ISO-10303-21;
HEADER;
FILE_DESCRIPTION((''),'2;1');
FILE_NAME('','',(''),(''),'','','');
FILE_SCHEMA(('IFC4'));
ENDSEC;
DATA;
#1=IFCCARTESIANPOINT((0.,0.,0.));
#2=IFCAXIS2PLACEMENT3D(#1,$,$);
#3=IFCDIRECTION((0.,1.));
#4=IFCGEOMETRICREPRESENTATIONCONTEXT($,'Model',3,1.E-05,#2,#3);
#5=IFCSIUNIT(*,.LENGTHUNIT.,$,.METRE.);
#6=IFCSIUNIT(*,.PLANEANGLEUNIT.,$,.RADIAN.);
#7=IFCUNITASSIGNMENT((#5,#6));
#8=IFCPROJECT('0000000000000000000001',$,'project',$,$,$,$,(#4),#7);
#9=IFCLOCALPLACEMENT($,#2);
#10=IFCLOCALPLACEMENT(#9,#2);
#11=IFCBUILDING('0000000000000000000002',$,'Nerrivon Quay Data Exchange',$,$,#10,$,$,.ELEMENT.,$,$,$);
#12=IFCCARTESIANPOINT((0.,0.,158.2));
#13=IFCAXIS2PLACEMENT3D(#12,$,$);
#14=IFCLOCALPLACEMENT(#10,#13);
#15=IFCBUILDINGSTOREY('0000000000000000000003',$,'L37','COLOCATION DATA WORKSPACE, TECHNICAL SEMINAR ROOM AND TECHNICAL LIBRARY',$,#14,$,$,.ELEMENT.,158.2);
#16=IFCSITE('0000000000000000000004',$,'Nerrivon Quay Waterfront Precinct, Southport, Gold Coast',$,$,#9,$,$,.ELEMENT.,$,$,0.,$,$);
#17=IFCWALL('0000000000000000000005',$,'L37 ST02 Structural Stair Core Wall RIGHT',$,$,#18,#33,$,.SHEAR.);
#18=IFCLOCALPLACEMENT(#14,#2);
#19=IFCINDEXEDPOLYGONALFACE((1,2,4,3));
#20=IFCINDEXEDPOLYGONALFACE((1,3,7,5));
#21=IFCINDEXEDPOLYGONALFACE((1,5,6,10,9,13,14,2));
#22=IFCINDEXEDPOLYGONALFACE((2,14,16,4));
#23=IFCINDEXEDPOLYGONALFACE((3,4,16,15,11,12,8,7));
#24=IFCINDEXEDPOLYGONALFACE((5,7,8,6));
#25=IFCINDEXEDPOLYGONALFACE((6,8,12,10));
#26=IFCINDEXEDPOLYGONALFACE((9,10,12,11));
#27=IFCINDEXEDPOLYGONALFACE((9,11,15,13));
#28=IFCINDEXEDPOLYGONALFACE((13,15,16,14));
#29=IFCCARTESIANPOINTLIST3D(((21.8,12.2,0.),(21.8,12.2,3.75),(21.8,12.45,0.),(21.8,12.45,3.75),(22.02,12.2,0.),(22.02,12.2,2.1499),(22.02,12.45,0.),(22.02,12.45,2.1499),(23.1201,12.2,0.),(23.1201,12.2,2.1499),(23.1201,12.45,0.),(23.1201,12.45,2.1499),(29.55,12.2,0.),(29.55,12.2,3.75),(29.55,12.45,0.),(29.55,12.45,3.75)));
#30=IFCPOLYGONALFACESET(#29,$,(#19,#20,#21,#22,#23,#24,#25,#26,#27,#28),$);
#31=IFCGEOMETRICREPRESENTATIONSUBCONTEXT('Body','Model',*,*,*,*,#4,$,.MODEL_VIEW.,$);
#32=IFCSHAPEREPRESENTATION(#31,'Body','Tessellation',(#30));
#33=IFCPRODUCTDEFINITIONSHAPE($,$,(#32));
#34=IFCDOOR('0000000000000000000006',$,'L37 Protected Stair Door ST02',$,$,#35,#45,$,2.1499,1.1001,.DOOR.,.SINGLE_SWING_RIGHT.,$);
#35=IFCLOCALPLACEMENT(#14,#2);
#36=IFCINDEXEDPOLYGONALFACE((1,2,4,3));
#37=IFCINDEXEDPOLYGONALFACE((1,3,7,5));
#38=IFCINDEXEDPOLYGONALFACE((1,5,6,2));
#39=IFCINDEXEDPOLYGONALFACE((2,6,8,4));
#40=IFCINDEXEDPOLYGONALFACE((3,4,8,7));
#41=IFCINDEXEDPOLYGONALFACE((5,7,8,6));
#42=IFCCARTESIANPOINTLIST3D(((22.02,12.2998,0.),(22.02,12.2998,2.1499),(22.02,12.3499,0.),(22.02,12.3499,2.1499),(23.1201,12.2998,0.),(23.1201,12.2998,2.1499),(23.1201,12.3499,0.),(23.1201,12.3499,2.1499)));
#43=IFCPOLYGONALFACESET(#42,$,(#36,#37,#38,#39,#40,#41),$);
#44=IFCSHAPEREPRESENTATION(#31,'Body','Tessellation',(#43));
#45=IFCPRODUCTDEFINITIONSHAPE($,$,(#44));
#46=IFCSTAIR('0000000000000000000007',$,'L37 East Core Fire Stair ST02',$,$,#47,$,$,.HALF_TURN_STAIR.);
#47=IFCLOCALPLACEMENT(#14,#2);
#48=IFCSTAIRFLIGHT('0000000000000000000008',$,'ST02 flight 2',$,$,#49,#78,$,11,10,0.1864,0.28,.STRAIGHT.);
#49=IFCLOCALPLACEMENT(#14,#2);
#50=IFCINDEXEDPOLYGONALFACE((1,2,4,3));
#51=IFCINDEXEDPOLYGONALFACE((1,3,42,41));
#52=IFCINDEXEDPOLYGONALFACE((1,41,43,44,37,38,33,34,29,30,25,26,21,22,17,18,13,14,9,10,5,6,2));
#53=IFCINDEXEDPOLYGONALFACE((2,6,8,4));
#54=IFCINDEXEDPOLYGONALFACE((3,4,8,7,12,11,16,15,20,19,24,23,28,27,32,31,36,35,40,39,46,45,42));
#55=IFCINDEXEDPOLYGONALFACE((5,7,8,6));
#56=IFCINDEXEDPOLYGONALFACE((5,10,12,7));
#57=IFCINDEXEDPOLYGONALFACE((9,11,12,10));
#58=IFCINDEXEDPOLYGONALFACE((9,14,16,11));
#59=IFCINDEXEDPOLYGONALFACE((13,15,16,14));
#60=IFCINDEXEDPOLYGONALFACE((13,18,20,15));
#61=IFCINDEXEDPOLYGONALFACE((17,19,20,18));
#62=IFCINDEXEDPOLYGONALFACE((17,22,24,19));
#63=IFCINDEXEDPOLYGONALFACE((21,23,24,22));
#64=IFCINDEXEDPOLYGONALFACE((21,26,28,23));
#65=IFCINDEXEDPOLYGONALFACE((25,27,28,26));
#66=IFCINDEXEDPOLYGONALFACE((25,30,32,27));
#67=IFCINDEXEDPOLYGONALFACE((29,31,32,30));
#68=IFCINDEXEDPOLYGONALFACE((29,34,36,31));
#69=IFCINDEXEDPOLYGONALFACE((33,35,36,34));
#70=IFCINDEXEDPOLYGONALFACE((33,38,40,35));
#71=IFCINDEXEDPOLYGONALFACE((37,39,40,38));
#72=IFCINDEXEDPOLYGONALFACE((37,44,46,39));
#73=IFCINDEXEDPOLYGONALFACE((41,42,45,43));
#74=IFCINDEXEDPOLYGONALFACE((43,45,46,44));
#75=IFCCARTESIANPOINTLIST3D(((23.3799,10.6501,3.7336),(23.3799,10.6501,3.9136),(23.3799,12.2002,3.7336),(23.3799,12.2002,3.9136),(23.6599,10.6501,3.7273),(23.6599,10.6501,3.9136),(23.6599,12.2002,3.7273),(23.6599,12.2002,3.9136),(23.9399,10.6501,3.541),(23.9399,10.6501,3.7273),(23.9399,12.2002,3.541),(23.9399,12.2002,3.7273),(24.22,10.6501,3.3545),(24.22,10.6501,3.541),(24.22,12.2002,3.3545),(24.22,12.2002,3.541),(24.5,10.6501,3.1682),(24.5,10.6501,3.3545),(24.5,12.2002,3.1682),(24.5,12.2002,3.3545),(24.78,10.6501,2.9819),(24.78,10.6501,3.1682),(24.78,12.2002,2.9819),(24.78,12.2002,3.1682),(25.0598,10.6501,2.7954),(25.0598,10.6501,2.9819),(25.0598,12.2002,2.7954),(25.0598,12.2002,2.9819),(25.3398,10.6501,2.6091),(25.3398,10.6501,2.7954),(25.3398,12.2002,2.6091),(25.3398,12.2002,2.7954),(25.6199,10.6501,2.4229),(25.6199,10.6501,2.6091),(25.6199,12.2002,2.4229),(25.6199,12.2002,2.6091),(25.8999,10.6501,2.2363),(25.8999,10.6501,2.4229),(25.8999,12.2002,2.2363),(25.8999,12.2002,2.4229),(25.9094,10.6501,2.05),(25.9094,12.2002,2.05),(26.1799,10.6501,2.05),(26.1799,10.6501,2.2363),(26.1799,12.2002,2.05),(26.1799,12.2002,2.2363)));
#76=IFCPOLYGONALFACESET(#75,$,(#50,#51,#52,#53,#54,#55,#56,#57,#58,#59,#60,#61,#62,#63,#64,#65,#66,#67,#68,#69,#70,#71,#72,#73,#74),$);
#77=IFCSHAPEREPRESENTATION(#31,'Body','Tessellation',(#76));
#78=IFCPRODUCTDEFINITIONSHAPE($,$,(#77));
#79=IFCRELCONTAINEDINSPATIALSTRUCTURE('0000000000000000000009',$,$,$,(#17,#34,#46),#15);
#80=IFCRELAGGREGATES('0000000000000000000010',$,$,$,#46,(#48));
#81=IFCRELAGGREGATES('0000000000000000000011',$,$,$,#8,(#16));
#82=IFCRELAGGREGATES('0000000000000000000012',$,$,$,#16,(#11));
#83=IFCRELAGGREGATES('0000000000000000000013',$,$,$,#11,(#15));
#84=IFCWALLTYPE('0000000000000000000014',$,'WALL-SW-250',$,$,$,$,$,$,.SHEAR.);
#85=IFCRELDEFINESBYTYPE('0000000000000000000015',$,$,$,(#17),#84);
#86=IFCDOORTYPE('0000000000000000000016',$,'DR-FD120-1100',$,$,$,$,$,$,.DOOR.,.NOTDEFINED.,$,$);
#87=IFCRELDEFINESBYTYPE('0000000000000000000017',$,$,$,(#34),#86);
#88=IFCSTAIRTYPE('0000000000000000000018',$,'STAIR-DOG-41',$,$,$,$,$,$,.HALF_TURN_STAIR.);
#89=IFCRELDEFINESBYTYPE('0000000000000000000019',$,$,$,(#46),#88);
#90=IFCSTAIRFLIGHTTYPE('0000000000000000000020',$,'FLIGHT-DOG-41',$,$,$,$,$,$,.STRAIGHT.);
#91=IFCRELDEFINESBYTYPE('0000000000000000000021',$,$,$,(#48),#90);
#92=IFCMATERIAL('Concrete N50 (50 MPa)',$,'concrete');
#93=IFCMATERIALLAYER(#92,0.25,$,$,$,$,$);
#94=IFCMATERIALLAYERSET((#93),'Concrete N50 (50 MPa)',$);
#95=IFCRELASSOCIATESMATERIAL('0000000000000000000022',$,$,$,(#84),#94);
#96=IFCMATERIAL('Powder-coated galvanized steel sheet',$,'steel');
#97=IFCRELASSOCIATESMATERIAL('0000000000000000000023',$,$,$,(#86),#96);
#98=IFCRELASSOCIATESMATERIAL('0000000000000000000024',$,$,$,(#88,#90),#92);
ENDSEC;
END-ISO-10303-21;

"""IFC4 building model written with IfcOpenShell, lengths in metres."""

from ifc_helpers import new_model, si_unit, direction, frame, frame_2d, origin, place, context, subcontext, project, spatial, polyline, rectangle, outline, extrude, material, layer, layer_set, type_object, element, fill, aggregate, save


model = new_model("IFC4")

# Units and contexts
model_context = context("Model", 3, precision=1e-05, world=origin(), true_north=direction((0.0, 1.0)))
body_context = subcontext(model_context, "Body", "Model", "MODEL_VIEW")
ifc_project = project(units=[si_unit("LENGTHUNIT", "METRE"), si_unit("PLANEANGLEUNIT", "RADIAN")], contexts=[model_context])

# Site, building, storey
site_placement = place(None, origin())
site = spatial("IfcSite", under=ifc_project, at=site_placement, Name="Nerrivon Quay Waterfront Precinct, Southport, Gold Coast", CompositionType="ELEMENT", RefElevation=0.0)
building_placement = place(site_placement, origin())
building = spatial("IfcBuilding", under=site, at=building_placement, Name="Nerrivon Quay Data Exchange", CompositionType="ELEMENT")
storey_placement = place(building_placement, frame((0.0, 0.0, 158.2)))
storey = spatial("IfcBuildingStorey", under=building, at=storey_placement, Name="L37", Description="COLOCATION DATA WORKSPACE, TECHNICAL SEMINAR ROOM AND TECHNICAL LIBRARY", CompositionType="ELEMENT", Elevation=158.2)

# Shared definitions
ifc_material_1 = material(Name="Powder-coated galvanized steel sheet", Category="steel")

# Wall, opening, door
ifc_material_2 = material(Name="Concrete N50 (50 MPa)", Category="concrete")
ifc_layer_1 = layer(ifc_material_2, 0.25)
ifc_layer_set_1 = layer_set([ifc_layer_1], Name="Concrete N50 (50 MPa)")
wall_type_1 = type_object("IfcWallType", Name="WALL-SW-250", PredefinedType="SHEAR", material=ifc_layer_set_1)
wall_1_placement = place(storey_placement, frame((21.8, 12.325, 0.0), z_axis=(0.0, 0.0, 1.0), x_axis=(1.0, 0.0, 0.0)))
wall_1 = element("IfcWall", 1, at=wall_1_placement, inside=storey, type_object=wall_type_1, Name="L37 ST02 Structural Stair Core Wall RIGHT", PredefinedType="SHEAR", context=body_context, shape_type="SweptSolid", body=[
    extrude(rectangle(XDim=7.75, YDim=0.25, at=frame_2d((3.875, 0.0))), origin(), (0.0, 0.0, 1.0), 3.75),
])
opening_1_placement = place(wall_1_placement, frame((0.22, 0.0, 0.0)))
opening_1 = element("IfcOpeningElement", 2, at=opening_1_placement, cuts=wall_1, PredefinedType="OPENING", context=body_context, shape_type="SweptSolid", body=[
    extrude(rectangle(XDim=1.1001, YDim=2.1499, at=frame_2d((0.55, 1.075))), frame((0.0, 0.135, 0.0), z_axis=(0.0, -1.0, 0.0), x_axis=(1.0, 0.0, 0.0)), (0.0, 0.0, 1.0), 0.27),
])
door_type_1 = type_object("IfcDoorType", Name="DR-FD120-1100", OperationType="NOTDEFINED", PredefinedType="DOOR", material=ifc_material_1)
door_1_placement = place(opening_1_placement, origin())
door_1 = element("IfcDoor", 3, at=door_1_placement, inside=storey, type_object=door_type_1, Name="L37 Protected Stair Door ST02", OperationType="SINGLE_SWING_RIGHT", OverallHeight=2.1499, OverallWidth=1.1001, PredefinedType="DOOR", context=body_context, shape_type="SweptSolid", body=[
    extrude(rectangle(XDim=1.1001, YDim=2.1499, at=frame_2d((0.55, 1.075))), frame((0.0, 0.0249, 0.0), z_axis=(0.0, -1.0, 0.0), x_axis=(1.0, 0.0, 0.0)), (0.0, 0.0, 1.0), 0.05),
])
fill(opening_1, door_1)

# Stair, stair flight
stair_type = type_object("IfcStairType", Name="STAIR-DOG-41", PredefinedType="HALF_TURN_STAIR", material=ifc_material_2)
stair_placement = place(storey_placement, origin())
stair = element("IfcStair", 4, at=stair_placement, inside=storey, type_object=stair_type, Name="L37 East Core Fire Stair ST02", PredefinedType="HALF_TURN_STAIR")
stair_flight_type = type_object("IfcStairFlightType", Name="FLIGHT-DOG-41", PredefinedType="STRAIGHT", material=ifc_material_2)
stair_flight_placement = place(storey_placement, frame((26.1799, 11.425, 2.05), z_axis=(0.0, 0.0, 1.0), x_axis=(-1.0, 0.0, 0.0)))
stair_flight = element("IfcStairFlight", 5, at=stair_flight_placement, type_object=stair_flight_type, Name="ST02 flight 2", NumberOfRisers=11, NumberOfTreads=10, PredefinedType="STRAIGHT", RiserHeight=0.1864, TreadLength=0.28, context=body_context, shape_type="SweptSolid", body=[
    extrude(outline(polyline([(0.0, 0.0), (0.0, 0.1863), (0.28, 0.1863), (0.28, 0.3728), (0.5601, 0.3728), (0.5601, 0.5591), (0.8401, 0.5591), (0.8401, 0.7454), (1.1201, 0.7454), (1.1201, 0.9319), (1.3999, 0.9319), (1.3999, 1.1182), (1.6799, 1.1182), (1.6799, 1.3044), (1.96, 1.3044), (1.96, 1.491), (2.24, 1.491), (2.24, 1.6772), (2.52, 1.6772), (2.52, 1.8635), (2.8, 1.8635), (2.8, 2.05), (2.8, 1.6836), (0.2705, 0.0), (0.0, 0.0)])), frame((0.0, 0.7749, 0.0), z_axis=(0.0, -1.0, 0.0), x_axis=(1.0, 0.0, 0.0)), (0.0, 0.0, 1.0), 1.55),
])
aggregate(stair, [stair_flight])

save(model, "model.ifc")
